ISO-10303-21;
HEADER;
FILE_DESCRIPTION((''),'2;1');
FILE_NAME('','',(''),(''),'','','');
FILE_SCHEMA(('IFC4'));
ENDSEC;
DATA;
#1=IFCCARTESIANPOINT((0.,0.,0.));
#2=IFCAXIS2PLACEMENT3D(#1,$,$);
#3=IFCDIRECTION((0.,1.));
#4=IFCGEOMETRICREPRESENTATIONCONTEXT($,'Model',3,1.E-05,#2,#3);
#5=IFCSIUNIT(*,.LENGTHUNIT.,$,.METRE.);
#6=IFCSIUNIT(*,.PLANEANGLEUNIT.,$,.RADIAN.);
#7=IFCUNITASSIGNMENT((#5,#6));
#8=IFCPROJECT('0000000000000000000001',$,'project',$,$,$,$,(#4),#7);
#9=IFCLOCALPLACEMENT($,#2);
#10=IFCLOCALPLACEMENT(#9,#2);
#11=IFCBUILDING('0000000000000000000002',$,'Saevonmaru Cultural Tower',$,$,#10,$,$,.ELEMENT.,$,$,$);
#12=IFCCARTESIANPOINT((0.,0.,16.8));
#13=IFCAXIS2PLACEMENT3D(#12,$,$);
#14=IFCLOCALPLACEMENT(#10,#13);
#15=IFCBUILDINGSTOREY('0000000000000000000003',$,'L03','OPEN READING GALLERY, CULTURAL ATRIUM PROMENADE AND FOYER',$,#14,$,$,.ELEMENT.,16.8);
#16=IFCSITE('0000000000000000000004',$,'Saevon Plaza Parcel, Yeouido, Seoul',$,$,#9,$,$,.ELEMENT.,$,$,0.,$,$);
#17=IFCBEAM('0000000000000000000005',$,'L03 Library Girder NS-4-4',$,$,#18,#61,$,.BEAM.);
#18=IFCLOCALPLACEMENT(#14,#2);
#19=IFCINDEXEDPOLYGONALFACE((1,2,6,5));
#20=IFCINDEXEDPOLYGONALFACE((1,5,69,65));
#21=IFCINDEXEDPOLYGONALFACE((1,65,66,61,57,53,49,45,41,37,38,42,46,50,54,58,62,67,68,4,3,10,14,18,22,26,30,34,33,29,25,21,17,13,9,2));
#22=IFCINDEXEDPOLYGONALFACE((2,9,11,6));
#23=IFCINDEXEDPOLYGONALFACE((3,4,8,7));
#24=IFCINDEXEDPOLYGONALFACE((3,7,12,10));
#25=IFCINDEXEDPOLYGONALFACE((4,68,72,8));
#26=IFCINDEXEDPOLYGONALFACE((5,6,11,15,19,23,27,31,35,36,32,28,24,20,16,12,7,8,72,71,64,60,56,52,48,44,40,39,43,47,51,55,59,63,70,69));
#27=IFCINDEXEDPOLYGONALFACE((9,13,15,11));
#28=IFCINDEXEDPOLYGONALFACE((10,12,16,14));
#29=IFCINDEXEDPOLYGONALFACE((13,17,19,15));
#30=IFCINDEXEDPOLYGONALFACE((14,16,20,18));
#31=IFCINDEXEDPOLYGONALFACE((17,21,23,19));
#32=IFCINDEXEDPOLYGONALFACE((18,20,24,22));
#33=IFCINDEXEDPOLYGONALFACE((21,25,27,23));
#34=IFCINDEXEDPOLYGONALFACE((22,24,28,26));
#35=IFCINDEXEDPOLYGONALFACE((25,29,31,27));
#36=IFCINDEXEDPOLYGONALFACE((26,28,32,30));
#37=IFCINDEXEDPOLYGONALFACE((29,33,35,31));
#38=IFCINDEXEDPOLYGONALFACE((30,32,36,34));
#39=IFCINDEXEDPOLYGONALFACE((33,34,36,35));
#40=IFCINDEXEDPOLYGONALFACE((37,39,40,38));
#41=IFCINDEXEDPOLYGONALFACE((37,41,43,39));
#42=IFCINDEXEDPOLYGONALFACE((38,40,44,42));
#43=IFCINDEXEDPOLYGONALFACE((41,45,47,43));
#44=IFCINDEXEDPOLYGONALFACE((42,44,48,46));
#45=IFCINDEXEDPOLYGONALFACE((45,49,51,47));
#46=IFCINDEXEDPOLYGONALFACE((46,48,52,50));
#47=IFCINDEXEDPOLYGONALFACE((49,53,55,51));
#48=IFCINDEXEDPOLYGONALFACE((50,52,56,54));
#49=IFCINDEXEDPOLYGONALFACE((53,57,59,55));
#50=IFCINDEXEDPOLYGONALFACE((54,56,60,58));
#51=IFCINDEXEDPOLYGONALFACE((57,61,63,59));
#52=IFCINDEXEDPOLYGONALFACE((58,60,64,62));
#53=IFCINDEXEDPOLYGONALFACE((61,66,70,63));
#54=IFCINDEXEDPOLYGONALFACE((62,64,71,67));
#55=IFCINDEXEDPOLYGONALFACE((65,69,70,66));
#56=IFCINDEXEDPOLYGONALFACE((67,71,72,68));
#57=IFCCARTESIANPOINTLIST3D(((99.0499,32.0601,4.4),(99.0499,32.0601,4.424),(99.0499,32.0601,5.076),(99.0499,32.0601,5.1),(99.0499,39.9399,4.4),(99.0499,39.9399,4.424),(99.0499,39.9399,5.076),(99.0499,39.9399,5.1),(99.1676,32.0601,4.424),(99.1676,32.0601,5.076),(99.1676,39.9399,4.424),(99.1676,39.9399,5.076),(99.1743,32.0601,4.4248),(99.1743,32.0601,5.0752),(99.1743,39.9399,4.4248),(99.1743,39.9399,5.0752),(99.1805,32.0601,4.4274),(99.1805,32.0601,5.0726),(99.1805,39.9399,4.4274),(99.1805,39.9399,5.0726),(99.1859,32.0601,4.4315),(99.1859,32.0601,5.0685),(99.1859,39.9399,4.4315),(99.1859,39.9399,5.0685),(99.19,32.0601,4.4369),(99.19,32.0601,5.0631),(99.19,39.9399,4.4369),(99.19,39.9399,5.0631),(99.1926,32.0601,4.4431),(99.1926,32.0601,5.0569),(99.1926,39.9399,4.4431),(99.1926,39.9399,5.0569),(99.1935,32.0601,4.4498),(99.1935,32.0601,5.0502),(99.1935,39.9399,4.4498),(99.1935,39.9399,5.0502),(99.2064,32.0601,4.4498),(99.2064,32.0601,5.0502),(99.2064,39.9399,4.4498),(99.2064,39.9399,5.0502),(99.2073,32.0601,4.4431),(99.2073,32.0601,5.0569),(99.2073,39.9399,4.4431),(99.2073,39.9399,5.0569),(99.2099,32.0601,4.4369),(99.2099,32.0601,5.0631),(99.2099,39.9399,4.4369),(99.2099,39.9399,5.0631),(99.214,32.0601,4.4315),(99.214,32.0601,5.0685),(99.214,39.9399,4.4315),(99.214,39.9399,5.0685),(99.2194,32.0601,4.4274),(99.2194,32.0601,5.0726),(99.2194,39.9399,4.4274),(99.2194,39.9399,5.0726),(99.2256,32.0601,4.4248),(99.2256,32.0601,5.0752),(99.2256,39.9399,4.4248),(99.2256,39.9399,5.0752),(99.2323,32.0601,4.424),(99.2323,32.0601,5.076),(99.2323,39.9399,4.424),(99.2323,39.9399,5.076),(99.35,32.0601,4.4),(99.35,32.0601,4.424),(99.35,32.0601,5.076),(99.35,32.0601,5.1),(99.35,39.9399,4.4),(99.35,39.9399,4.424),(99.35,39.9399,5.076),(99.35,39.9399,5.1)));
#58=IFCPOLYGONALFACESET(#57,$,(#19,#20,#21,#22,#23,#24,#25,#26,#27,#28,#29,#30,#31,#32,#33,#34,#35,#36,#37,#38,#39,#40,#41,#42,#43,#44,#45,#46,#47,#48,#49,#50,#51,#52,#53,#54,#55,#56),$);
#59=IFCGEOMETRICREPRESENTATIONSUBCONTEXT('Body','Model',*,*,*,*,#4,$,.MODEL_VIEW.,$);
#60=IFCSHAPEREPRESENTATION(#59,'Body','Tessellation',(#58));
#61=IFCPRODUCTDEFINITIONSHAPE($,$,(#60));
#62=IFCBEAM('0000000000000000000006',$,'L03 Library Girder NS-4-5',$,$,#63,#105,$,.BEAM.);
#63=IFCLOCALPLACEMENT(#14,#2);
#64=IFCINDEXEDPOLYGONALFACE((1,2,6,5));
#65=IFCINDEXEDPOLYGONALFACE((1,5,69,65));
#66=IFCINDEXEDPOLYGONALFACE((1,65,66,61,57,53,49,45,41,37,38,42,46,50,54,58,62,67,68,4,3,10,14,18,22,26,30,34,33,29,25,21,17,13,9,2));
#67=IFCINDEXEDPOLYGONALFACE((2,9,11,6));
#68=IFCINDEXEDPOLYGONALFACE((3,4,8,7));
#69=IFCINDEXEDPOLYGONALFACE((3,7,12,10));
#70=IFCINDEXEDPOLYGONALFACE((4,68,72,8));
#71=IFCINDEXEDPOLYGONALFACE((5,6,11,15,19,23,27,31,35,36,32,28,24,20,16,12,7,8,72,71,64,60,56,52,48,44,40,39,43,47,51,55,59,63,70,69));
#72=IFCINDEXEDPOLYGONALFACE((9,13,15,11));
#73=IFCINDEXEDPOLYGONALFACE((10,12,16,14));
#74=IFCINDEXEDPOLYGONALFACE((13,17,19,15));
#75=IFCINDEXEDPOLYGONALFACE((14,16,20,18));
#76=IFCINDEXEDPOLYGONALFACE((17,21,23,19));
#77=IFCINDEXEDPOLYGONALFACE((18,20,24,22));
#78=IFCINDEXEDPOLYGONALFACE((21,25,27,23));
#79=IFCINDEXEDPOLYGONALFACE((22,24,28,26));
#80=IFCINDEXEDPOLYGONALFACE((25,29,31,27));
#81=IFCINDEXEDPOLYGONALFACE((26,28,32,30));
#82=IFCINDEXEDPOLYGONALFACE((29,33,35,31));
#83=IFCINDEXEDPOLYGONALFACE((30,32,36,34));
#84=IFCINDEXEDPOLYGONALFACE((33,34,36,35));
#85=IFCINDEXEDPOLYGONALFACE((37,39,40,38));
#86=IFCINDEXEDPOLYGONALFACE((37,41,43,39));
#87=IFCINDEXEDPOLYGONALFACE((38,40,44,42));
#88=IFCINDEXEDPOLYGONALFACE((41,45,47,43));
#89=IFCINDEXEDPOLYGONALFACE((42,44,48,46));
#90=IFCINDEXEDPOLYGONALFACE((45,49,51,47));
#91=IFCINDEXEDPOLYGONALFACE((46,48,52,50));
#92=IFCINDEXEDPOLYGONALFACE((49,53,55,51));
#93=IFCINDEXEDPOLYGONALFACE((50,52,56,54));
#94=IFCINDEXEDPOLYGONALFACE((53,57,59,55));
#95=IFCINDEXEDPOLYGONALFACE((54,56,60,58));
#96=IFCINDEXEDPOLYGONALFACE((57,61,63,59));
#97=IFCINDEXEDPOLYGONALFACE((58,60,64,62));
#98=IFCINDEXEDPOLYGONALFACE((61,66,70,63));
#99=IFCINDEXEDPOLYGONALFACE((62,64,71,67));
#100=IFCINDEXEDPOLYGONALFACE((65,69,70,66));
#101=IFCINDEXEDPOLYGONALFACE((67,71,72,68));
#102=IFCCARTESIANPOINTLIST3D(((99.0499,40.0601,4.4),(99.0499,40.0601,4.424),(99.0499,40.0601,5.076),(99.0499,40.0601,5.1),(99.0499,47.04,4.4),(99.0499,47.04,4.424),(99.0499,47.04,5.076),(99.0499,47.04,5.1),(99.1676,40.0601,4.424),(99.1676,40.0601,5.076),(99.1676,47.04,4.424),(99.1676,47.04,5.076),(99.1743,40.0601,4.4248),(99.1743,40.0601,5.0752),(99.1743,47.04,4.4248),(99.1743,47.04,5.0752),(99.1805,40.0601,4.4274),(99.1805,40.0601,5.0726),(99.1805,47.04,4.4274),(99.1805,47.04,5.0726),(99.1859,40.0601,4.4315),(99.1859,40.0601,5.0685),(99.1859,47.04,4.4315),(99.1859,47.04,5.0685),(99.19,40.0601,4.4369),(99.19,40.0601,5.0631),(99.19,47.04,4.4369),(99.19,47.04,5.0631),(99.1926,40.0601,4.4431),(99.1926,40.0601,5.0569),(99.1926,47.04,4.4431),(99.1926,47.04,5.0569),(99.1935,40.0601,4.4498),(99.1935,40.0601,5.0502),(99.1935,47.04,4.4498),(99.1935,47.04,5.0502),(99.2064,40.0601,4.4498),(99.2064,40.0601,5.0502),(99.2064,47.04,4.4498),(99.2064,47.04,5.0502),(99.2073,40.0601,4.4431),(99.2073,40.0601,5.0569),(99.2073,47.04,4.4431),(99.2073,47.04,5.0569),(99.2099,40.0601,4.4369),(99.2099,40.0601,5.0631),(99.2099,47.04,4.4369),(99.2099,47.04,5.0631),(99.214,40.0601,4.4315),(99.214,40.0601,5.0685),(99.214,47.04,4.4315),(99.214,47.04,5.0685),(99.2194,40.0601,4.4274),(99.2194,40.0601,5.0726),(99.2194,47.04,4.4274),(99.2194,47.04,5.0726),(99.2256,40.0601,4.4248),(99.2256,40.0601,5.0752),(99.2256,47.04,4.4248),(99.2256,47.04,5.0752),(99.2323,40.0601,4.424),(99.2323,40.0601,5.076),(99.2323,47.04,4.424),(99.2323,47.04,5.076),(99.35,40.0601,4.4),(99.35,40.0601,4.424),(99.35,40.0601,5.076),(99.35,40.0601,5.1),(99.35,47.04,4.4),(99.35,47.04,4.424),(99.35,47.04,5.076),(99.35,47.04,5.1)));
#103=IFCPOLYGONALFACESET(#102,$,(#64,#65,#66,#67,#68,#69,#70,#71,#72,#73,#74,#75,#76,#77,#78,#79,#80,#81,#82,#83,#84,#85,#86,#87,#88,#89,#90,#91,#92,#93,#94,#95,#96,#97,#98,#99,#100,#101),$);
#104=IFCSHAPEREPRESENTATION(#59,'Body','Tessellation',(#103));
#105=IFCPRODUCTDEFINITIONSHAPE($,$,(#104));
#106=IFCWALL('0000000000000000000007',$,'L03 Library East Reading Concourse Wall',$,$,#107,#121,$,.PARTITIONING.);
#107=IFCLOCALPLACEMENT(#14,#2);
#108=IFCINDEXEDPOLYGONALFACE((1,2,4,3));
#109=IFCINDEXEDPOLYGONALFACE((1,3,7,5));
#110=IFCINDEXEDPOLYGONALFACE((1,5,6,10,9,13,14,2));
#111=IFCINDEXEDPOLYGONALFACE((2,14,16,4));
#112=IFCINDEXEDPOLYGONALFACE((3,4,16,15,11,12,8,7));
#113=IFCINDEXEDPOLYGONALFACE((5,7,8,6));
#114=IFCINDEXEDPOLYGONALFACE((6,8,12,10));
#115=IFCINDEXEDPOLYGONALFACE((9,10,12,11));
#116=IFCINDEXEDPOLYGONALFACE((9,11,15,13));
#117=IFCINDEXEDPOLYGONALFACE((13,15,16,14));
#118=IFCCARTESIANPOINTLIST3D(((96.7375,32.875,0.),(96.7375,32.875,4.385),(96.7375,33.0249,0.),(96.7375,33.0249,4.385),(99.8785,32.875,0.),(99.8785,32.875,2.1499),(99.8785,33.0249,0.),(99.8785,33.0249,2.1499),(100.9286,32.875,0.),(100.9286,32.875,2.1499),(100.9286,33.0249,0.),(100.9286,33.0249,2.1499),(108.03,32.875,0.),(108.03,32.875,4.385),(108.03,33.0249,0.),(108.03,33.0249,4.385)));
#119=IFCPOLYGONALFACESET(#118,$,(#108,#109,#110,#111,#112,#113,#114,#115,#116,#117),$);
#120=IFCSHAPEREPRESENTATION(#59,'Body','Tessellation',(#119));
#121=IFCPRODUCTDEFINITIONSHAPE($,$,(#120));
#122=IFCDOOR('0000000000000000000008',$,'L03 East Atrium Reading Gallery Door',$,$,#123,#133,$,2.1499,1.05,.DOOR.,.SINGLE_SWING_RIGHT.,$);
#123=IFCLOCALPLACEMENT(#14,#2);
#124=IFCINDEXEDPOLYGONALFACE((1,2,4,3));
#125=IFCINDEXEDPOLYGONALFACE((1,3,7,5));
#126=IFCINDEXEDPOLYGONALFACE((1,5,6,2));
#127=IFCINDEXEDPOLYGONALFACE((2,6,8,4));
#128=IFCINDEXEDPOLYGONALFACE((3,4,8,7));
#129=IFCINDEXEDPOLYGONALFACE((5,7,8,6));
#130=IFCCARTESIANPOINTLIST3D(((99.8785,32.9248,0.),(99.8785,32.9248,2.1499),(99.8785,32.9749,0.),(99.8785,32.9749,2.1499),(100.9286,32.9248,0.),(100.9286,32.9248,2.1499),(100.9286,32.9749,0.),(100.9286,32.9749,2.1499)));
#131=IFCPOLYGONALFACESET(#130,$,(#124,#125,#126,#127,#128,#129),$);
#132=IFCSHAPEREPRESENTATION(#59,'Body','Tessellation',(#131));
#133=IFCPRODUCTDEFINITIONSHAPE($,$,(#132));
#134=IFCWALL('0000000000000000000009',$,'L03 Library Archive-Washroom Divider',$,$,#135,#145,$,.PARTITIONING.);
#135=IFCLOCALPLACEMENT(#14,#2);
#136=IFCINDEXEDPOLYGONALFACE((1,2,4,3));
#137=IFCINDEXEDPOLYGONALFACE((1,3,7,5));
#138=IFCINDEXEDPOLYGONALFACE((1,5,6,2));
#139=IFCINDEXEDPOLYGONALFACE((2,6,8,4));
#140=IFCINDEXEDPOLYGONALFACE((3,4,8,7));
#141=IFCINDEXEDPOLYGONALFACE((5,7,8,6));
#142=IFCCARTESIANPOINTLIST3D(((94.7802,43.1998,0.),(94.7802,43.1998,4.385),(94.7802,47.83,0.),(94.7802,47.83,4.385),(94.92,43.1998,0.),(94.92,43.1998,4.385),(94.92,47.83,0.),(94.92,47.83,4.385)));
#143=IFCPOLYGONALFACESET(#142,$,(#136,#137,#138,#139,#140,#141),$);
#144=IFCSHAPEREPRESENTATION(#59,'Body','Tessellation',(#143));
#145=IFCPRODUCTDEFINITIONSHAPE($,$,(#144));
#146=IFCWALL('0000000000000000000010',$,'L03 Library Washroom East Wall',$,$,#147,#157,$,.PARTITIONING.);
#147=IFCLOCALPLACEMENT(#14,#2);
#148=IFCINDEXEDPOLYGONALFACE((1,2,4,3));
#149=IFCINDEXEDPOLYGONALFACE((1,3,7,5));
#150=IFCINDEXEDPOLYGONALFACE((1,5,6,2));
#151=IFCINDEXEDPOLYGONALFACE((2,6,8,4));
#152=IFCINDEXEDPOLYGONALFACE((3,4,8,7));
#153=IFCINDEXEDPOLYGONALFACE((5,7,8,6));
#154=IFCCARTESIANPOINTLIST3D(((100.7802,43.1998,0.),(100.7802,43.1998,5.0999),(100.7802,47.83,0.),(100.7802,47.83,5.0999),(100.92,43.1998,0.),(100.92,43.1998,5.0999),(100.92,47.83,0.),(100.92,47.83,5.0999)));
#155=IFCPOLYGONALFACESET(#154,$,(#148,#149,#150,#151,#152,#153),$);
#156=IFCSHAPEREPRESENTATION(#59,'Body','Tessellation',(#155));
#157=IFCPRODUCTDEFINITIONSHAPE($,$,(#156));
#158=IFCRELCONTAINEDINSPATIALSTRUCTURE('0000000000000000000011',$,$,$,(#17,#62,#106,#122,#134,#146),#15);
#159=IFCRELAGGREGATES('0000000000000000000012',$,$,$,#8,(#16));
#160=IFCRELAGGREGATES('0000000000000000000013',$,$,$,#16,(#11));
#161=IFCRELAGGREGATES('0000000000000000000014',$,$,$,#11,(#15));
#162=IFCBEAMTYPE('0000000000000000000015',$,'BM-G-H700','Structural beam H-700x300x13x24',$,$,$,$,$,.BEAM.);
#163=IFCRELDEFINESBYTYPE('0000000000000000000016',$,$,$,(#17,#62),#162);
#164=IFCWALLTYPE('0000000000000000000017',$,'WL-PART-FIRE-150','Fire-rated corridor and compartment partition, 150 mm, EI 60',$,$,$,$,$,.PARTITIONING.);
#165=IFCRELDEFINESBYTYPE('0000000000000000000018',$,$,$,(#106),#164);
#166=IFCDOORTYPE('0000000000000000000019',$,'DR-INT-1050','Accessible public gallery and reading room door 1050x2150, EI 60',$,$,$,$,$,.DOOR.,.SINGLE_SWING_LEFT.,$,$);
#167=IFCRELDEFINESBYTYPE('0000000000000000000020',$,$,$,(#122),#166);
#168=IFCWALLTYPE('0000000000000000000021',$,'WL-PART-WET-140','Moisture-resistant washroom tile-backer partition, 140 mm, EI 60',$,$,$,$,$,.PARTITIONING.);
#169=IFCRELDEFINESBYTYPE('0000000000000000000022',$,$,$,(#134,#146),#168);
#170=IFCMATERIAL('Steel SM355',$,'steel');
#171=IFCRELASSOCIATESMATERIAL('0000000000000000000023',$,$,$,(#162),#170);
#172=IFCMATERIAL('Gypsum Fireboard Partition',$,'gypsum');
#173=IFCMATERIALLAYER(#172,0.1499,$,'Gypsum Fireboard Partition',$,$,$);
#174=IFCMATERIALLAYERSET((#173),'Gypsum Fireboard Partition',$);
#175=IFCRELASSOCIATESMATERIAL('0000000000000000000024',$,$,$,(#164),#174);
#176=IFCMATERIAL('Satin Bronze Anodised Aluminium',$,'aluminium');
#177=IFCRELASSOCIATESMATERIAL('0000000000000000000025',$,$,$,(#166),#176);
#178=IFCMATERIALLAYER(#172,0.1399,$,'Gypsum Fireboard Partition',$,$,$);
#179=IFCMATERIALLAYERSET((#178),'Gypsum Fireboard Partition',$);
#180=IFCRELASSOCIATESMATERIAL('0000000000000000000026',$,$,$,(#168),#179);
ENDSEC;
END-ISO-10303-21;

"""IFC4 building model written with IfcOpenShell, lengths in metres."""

from ifc_helpers import new_model, si_unit, direction, frame, frame_2d, origin, origin_2d, place, context, subcontext, project, spatial, rectangle, i_section, extrude, material, layer, layer_set, material_profile, profile_set, type_object, element, fill, save


model = new_model("IFC4")

# Units and contexts
model_context = context("Model", 3, precision=1e-05, world=origin(), true_north=direction((0.0, 1.0)))
body_context = subcontext(model_context, "Body", "Model", "MODEL_VIEW")
ifc_project = project(units=[si_unit("LENGTHUNIT", "METRE"), si_unit("PLANEANGLEUNIT", "RADIAN")], contexts=[model_context])

# Site, building, storey
site_placement = place(None, origin())
site = spatial("IfcSite", under=ifc_project, at=site_placement, Name="Saevon Plaza Parcel, Yeouido, Seoul", CompositionType="ELEMENT", RefElevation=0.0)
building_placement = place(site_placement, origin())
building = spatial("IfcBuilding", under=site, at=building_placement, Name="Saevonmaru Cultural Tower", CompositionType="ELEMENT")
storey_placement = place(building_placement, frame((0.0, 0.0, 16.8)))
storey = spatial("IfcBuildingStorey", under=building, at=storey_placement, Name="L03", Description="OPEN READING GALLERY, CULTURAL ATRIUM PROMENADE AND FOYER", CompositionType="ELEMENT", Elevation=16.8)

# Shared definitions
ifc_material_1 = material(Name="Steel SM355", Category="steel")

# Beams
ifc_material_profile_1 = material_profile(ifc_material_1, i_section(OverallWidth=0.3, OverallDepth=0.7, WebThickness=0.0129, FlangeThickness=0.0239, FilletRadius=0.0259, at=origin_2d()), Name="H-700x300x13x24")
ifc_profile_set_1 = profile_set([ifc_material_profile_1], Name="Steel SM355")
beam_type = type_object("IfcBeamType", Name="BM-G-H700", Description="Structural beam H-700x300x13x24", PredefinedType="BEAM", material=ifc_profile_set_1)
beam_1_placement = place(storey_placement, frame((99.2, 32.0601, 4.75), z_axis=(0.0, 1.0, 0.0), x_axis=(-1.0, 0.0, 0.0)))
element("IfcBeam", 1, at=beam_1_placement, inside=storey, type_object=beam_type, Name="L03 Library Girder NS-4-4", PredefinedType="BEAM", context=body_context, shape_type="SweptSolid", body=[
    extrude(i_section(OverallWidth=0.3, OverallDepth=0.7, WebThickness=0.0129, FlangeThickness=0.0239, FilletRadius=0.0259, at=origin_2d()), origin(), (0.0, 0.0, 1.0), 7.8799),
])
beam_2_placement = place(storey_placement, frame((99.2, 40.0601, 4.75), z_axis=(0.0, 1.0, 0.0), x_axis=(-1.0, 0.0, 0.0)))
element("IfcBeam", 2, at=beam_2_placement, inside=storey, type_object=beam_type, Name="L03 Library Girder NS-4-5", PredefinedType="BEAM", context=body_context, shape_type="SweptSolid", body=[
    extrude(i_section(OverallWidth=0.3, OverallDepth=0.7, WebThickness=0.0129, FlangeThickness=0.0239, FilletRadius=0.0259, at=origin_2d()), origin(), (0.0, 0.0, 1.0), 6.98),
])

# Wall, opening, door
ifc_material_2 = material(Name="Gypsum Fireboard Partition", Category="gypsum")
ifc_layer_1 = layer(ifc_material_2, 0.1499, Name="Gypsum Fireboard Partition")
ifc_layer_set_1 = layer_set([ifc_layer_1], Name="Gypsum Fireboard Partition")
wall_type_1 = type_object("IfcWallType", Name="WL-PART-FIRE-150", Description="Fire-rated corridor and compartment partition, 150 mm, EI 60", PredefinedType="PARTITIONING", material=ifc_layer_set_1)
wall_1_placement = place(storey_placement, frame((96.7375, 32.95, 0.0), z_axis=(0.0, 0.0, 1.0), x_axis=(1.0, 0.0, 0.0)))
wall_1 = element("IfcWall", 3, at=wall_1_placement, inside=storey, type_object=wall_type_1, Name="L03 Library East Reading Concourse Wall", PredefinedType="PARTITIONING", context=body_context, shape_type="SweptSolid", body=[
    extrude(rectangle(XDim=11.2925, YDim=0.1499, at=frame_2d((5.6462, 0.0))), origin(), (0.0, 0.0, 1.0), 4.385),
])
opening_1_placement = place(wall_1_placement, frame((3.1411, 0.0, 0.0)))
opening_1 = element("IfcOpeningElement", 4, at=opening_1_placement, cuts=wall_1, PredefinedType="OPENING", context=body_context, shape_type="SweptSolid", body=[
    extrude(rectangle(XDim=1.05, YDim=2.1499, at=frame_2d((0.5249, 1.075))), frame((0.0, 0.085, 0.0), z_axis=(0.0, -1.0, 0.0), x_axis=(1.0, 0.0, 0.0)), (0.0, 0.0, 1.0), 0.1699),
])
ifc_material_3 = material(Name="Satin Bronze Anodised Aluminium", Category="aluminium")
door_type_1 = type_object("IfcDoorType", Name="DR-INT-1050", Description="Accessible public gallery and reading room door 1050x2150, EI 60", OperationType="SINGLE_SWING_LEFT", PredefinedType="DOOR", material=ifc_material_3)
door_1_placement = place(opening_1_placement, origin())
door_1 = element("IfcDoor", 5, at=door_1_placement, inside=storey, type_object=door_type_1, Name="L03 East Atrium Reading Gallery Door", OperationType="SINGLE_SWING_RIGHT", OverallHeight=2.1499, OverallWidth=1.05, PredefinedType="DOOR", context=body_context, shape_type="SweptSolid", body=[
    extrude(rectangle(XDim=1.05, YDim=2.1499, at=frame_2d((0.5249, 1.075))), frame((0.0, 0.0249, 0.0), z_axis=(0.0, -1.0, 0.0), x_axis=(1.0, 0.0, 0.0)), (0.0, 0.0, 1.0), 0.05),
])
fill(opening_1, door_1)

# Walls
ifc_layer_2 = layer(ifc_material_2, 0.1399, Name="Gypsum Fireboard Partition")
ifc_layer_set_2 = layer_set([ifc_layer_2], Name="Gypsum Fireboard Partition")
wall_type_2 = type_object("IfcWallType", Name="WL-PART-WET-140", Description="Moisture-resistant washroom tile-backer partition, 140 mm, EI 60", PredefinedType="PARTITIONING", material=ifc_layer_set_2)
wall_2_placement = place(storey_placement, frame((94.8501, 43.2, 0.0), z_axis=(0.0, 0.0, 1.0), x_axis=(0.0, 1.0, 0.0)))
element("IfcWall", 6, at=wall_2_placement, inside=storey, type_object=wall_type_2, Name="L03 Library Archive-Washroom Divider", PredefinedType="PARTITIONING", context=body_context, shape_type="SweptSolid", body=[
    extrude(rectangle(XDim=4.6301, YDim=0.1399, at=frame_2d((2.3149, 0.0))), origin(), (0.0, 0.0, 1.0), 4.385),
])
wall_3_placement = place(storey_placement, frame((100.8501, 43.2, 0.0), z_axis=(0.0, 0.0, 1.0), x_axis=(0.0, 1.0, 0.0)))
element("IfcWall", 7, at=wall_3_placement, inside=storey, type_object=wall_type_2, Name="L03 Library Washroom East Wall", PredefinedType="PARTITIONING", context=body_context, shape_type="SweptSolid", body=[
    extrude(rectangle(XDim=4.6301, YDim=0.1399, at=frame_2d((2.3149, 0.0))), origin(), (0.0, 0.0, 1.0), 5.0999),
])

save(model, "model.ifc")
